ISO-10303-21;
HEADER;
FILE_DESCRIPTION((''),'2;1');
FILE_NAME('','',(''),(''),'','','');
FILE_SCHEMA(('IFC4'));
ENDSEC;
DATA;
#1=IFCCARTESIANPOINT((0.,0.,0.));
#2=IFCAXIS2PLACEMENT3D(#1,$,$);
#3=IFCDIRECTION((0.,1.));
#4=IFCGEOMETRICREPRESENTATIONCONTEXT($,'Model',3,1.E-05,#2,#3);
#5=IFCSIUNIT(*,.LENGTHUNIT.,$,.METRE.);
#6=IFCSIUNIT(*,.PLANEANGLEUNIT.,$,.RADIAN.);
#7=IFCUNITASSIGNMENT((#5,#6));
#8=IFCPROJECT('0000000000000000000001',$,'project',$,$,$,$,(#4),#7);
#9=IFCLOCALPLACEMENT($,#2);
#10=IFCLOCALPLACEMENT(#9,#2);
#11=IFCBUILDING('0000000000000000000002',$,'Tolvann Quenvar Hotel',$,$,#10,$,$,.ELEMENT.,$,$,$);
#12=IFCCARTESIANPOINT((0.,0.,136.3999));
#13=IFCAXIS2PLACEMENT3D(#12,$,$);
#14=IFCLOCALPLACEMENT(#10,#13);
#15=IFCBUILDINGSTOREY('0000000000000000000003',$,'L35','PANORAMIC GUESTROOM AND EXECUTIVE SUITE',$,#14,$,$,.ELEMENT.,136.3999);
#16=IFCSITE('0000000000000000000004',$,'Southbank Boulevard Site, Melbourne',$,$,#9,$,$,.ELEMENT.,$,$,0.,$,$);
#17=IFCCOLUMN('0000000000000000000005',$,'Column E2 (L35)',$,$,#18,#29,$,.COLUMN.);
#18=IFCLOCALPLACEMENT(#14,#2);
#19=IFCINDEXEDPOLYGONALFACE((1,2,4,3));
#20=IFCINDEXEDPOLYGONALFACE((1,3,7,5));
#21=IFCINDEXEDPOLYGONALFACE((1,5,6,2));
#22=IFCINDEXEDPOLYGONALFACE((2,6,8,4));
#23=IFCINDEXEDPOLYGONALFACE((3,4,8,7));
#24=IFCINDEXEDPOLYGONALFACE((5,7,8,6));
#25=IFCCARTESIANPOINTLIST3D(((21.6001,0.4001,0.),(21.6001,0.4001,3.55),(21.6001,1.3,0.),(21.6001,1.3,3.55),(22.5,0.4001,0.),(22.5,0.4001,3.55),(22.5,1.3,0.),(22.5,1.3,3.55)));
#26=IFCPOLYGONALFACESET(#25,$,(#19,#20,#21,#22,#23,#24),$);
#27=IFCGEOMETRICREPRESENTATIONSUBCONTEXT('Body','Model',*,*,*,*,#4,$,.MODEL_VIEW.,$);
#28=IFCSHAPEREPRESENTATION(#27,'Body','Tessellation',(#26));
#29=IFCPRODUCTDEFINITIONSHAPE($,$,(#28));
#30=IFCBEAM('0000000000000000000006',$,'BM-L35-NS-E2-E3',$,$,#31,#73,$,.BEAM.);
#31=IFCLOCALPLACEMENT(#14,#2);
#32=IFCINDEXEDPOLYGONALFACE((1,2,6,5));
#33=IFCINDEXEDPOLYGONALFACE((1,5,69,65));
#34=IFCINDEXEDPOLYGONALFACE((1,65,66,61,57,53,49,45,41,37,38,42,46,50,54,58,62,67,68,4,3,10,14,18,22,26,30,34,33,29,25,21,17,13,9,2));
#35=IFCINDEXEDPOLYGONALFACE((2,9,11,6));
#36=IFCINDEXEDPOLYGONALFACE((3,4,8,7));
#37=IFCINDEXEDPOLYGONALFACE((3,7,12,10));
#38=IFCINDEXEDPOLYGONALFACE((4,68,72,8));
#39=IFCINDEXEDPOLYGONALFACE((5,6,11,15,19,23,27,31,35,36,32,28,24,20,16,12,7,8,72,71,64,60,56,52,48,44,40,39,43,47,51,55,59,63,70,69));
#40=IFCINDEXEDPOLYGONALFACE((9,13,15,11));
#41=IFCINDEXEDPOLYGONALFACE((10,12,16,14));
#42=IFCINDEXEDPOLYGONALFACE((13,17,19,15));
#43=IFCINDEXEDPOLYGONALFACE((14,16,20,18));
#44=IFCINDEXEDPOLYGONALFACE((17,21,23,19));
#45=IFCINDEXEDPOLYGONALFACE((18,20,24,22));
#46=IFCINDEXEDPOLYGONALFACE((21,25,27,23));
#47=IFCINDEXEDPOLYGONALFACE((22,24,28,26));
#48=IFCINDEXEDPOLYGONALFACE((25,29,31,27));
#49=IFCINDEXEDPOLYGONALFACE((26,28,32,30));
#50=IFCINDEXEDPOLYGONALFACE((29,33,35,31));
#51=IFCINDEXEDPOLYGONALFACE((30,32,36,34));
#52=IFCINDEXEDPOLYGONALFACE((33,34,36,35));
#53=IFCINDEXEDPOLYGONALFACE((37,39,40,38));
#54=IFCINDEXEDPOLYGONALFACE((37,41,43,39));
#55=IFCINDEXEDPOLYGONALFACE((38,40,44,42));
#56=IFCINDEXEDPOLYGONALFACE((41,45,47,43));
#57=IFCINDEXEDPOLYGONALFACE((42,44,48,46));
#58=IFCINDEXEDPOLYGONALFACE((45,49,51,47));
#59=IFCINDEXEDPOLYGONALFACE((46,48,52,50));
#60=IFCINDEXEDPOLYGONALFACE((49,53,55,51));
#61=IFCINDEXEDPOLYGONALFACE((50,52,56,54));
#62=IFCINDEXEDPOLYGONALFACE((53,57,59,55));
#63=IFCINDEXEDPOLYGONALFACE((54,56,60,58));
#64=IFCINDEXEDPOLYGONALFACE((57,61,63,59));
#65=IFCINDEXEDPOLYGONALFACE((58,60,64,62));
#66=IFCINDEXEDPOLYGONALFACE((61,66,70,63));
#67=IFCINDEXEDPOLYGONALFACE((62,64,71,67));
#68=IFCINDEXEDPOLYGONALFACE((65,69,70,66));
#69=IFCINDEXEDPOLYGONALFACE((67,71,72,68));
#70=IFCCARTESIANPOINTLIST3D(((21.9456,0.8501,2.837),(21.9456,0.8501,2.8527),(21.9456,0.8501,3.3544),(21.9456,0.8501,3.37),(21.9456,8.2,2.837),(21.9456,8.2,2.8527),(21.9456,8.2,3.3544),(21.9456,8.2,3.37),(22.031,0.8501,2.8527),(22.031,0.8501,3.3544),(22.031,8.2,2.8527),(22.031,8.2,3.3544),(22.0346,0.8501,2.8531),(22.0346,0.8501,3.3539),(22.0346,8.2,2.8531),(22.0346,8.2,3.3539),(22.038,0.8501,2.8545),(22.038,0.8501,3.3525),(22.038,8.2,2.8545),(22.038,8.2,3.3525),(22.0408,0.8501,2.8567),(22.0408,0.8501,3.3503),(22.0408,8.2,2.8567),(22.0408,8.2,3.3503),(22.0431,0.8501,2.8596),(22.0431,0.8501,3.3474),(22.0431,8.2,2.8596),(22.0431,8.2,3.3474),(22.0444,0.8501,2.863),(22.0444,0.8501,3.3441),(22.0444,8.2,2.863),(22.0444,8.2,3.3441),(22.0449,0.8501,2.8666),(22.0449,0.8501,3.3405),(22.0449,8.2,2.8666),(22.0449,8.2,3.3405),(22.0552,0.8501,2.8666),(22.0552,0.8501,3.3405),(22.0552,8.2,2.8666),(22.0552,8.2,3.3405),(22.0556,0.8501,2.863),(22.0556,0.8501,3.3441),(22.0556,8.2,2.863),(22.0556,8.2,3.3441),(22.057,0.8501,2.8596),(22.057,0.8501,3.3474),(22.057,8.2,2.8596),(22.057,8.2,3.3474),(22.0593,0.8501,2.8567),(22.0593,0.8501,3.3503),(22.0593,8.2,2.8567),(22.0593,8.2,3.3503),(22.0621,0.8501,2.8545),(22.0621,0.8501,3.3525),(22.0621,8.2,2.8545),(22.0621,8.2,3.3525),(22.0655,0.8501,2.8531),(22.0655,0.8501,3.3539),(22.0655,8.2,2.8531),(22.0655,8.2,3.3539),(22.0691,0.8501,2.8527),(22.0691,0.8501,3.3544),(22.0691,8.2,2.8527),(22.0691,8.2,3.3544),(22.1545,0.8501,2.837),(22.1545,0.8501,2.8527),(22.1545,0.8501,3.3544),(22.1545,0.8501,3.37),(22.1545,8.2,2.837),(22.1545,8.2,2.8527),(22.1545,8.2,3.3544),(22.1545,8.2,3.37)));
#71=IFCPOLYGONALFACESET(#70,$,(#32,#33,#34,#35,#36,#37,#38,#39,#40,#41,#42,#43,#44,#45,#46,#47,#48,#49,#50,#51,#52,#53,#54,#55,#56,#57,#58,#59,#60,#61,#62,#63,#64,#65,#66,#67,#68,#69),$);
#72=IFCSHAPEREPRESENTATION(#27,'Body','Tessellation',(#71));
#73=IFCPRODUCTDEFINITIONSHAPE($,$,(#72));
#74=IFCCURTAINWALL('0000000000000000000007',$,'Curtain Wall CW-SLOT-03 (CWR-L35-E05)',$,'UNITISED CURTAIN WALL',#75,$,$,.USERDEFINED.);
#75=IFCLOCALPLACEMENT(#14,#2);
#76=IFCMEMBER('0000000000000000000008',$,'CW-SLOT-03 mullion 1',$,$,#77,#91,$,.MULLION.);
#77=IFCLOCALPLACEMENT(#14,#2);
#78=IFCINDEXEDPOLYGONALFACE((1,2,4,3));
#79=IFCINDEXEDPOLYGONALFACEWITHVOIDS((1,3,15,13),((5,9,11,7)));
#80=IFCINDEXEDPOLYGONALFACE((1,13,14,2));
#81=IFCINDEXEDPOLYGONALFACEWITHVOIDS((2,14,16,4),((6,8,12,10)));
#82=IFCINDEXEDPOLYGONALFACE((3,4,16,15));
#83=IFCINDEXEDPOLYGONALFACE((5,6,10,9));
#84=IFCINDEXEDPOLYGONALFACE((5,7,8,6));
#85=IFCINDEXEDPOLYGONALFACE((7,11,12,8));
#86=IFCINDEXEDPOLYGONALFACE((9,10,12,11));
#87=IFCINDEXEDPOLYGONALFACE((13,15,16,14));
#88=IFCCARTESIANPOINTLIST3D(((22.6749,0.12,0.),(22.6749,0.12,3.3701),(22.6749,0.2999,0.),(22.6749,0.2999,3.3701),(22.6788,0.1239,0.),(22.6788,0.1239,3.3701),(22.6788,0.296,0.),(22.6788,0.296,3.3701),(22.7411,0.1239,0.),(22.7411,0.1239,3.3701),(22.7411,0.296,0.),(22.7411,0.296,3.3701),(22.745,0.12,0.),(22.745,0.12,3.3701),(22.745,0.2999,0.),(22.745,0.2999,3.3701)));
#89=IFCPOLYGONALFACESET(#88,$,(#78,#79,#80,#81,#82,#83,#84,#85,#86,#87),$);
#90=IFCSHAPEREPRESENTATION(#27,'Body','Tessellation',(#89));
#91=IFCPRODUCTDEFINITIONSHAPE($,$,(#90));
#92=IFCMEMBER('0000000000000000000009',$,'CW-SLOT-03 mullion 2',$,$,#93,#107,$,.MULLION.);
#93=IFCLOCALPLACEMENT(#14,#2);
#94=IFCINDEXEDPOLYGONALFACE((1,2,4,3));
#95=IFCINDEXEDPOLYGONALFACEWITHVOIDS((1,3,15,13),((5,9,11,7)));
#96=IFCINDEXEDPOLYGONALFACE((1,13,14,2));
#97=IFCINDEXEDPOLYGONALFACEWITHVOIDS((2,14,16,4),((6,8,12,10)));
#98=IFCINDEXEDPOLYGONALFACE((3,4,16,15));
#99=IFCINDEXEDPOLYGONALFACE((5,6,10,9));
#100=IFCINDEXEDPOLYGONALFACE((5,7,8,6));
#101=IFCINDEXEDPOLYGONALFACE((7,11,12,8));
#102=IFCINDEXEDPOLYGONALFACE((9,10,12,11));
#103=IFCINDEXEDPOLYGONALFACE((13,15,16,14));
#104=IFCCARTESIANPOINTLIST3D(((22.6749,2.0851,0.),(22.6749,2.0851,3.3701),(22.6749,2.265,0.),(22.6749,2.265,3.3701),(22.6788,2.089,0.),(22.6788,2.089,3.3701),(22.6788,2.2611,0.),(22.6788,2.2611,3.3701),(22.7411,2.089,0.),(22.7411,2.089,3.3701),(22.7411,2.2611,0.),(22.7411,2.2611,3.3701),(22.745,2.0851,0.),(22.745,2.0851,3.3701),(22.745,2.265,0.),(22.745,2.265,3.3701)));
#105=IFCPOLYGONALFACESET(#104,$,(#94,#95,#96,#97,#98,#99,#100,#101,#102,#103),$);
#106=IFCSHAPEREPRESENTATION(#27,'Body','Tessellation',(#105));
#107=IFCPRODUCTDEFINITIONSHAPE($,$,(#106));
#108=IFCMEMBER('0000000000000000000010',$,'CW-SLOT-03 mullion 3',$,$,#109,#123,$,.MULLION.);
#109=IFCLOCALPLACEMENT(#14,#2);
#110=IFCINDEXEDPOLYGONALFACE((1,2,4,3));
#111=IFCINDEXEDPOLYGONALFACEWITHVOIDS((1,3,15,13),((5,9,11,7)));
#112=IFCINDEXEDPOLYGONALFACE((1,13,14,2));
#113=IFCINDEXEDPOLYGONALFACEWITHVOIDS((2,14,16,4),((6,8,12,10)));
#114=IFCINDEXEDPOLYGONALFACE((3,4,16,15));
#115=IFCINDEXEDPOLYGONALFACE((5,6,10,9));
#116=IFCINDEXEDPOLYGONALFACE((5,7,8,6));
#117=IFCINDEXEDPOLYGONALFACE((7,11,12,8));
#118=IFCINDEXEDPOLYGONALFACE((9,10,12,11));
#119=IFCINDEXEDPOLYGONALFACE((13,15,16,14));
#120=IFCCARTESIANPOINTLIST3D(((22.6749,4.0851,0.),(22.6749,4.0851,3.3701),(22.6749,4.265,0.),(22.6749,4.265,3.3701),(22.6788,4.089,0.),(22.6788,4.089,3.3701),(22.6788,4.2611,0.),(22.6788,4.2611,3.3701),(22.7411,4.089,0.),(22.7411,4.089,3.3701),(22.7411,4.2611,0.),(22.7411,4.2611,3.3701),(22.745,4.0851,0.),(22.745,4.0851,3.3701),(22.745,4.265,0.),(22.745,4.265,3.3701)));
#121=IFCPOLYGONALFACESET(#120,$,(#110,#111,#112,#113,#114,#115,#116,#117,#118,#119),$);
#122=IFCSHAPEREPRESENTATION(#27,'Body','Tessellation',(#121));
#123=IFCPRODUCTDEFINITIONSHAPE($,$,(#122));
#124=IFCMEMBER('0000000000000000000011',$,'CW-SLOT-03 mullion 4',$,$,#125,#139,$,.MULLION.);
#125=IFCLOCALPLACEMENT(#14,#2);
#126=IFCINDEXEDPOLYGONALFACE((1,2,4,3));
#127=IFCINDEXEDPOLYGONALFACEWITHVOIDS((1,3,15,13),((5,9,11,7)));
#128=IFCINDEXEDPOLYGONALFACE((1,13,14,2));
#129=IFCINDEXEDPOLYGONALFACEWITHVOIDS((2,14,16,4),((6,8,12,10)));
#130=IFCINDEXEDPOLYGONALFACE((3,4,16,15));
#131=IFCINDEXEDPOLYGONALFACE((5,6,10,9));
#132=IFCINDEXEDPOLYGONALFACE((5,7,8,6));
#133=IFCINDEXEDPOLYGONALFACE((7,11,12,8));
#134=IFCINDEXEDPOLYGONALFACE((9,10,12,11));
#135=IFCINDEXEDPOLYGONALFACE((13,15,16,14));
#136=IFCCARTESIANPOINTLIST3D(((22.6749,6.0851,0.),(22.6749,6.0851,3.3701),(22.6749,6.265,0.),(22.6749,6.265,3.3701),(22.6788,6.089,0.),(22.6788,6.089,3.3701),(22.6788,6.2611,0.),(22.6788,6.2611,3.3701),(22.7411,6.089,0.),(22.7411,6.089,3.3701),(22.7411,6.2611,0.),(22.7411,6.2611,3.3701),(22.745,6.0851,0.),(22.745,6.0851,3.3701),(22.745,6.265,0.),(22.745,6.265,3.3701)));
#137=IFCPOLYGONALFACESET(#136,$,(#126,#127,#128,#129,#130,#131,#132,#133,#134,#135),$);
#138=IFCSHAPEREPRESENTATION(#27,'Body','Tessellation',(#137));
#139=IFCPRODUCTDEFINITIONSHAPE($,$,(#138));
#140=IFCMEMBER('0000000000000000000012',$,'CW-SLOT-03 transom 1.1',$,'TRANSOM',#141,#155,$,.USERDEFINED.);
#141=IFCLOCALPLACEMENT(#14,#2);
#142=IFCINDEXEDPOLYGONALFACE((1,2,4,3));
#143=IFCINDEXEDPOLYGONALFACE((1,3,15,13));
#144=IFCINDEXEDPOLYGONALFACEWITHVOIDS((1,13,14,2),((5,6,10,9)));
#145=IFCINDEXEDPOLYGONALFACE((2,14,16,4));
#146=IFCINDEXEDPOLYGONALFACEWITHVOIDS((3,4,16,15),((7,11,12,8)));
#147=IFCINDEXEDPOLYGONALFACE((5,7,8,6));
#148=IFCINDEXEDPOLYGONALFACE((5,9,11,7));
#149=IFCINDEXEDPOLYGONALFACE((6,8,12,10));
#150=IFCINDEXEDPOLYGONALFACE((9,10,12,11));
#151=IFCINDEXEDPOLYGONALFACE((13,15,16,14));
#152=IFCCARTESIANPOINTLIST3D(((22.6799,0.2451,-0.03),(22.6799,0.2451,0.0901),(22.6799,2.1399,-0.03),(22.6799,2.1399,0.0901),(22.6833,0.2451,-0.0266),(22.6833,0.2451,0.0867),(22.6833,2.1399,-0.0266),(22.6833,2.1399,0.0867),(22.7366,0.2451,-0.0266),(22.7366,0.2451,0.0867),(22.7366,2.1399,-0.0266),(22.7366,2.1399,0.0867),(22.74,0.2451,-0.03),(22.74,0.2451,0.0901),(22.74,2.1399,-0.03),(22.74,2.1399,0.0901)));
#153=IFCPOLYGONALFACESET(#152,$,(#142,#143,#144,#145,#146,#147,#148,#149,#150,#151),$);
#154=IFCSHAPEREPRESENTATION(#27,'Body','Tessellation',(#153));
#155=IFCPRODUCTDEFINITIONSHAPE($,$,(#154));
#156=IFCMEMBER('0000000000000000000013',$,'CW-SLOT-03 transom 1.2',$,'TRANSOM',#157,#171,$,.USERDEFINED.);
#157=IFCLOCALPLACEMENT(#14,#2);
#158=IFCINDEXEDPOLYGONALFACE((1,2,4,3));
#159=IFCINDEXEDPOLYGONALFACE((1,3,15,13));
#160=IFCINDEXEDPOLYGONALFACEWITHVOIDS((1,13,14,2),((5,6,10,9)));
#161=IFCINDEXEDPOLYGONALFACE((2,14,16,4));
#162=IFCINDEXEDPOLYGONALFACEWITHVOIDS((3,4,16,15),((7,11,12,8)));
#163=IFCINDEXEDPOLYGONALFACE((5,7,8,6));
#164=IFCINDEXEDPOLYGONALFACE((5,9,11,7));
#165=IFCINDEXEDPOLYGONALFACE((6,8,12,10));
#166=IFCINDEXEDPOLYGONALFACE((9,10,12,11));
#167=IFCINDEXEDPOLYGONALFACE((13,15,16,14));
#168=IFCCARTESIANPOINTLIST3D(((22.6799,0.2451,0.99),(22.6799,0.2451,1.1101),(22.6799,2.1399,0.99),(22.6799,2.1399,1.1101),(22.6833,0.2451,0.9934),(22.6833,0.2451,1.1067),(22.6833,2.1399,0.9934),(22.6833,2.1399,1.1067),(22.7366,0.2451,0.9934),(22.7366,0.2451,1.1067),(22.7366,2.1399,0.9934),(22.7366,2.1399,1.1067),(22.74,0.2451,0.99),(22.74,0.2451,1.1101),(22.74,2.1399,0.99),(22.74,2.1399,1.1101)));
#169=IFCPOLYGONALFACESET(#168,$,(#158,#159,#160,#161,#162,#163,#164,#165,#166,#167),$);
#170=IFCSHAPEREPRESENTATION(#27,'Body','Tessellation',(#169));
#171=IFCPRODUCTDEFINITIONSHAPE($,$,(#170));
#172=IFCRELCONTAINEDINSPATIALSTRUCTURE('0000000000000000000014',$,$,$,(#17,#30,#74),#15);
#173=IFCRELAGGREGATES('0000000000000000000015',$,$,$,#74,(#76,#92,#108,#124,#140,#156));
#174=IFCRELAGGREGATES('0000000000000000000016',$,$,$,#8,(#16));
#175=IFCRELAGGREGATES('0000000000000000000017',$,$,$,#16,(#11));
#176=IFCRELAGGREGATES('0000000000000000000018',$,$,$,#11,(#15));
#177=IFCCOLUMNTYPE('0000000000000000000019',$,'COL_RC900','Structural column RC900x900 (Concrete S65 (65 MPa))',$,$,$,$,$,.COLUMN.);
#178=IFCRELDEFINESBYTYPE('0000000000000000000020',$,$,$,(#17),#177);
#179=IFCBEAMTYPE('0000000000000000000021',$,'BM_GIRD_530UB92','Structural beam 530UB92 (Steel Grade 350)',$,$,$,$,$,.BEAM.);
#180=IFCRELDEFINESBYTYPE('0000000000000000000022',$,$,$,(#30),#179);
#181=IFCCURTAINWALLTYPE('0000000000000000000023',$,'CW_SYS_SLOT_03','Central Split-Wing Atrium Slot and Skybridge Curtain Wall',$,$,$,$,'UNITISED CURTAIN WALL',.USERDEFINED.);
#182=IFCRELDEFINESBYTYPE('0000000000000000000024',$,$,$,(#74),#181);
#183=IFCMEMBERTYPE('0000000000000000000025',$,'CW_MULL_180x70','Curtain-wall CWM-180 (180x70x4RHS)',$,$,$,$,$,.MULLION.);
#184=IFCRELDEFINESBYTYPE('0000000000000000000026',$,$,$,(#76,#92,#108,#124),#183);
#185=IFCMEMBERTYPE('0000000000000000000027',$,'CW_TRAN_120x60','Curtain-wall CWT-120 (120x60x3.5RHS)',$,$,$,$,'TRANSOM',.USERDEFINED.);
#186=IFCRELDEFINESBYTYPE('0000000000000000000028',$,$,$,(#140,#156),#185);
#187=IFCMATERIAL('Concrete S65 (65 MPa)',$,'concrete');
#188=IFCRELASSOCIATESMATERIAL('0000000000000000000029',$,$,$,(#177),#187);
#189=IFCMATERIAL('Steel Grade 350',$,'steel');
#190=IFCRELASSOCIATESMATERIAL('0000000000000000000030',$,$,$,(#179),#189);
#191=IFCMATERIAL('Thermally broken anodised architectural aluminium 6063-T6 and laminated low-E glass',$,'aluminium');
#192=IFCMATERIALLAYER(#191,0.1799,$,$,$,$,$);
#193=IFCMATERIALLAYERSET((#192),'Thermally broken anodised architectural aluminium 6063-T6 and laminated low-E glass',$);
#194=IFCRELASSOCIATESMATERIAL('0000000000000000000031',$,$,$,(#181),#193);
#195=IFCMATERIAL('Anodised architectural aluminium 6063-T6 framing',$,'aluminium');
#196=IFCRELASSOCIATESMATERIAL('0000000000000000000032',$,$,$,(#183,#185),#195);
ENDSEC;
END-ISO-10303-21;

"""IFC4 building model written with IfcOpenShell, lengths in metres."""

from ifc_helpers import new_model, si_unit, direction, frame, origin, origin_2d, place, context, subcontext, project, spatial, rectangle, hollow_rectangle, i_section, extrude, source, transform, mapped, material, layer, layer_set, material_profile, profile_set, type_object, type_shapes, element, aggregate, save


model = new_model("IFC4")

# Units and contexts
model_context = context("Model", 3, precision=1e-05, world=origin(), true_north=direction((0.0, 1.0)))
body_context = subcontext(model_context, "Body", "Model", "MODEL_VIEW")
ifc_project = project(units=[si_unit("LENGTHUNIT", "METRE"), si_unit("PLANEANGLEUNIT", "RADIAN")], contexts=[model_context])

# Site, building, storey
site_placement = place(None, origin())
site = spatial("IfcSite", under=ifc_project, at=site_placement, Name="Southbank Boulevard Site, Melbourne", CompositionType="ELEMENT", RefElevation=0.0)
building_placement = place(site_placement, origin())
building = spatial("IfcBuilding", under=site, at=building_placement, Name="Tolvann Quenvar Hotel", CompositionType="ELEMENT")
storey_placement = place(building_placement, frame((0.0, 0.0, 136.3999)))
storey = spatial("IfcBuildingStorey", under=building, at=storey_placement, Name="L35", Description="PANORAMIC GUESTROOM AND EXECUTIVE SUITE", CompositionType="ELEMENT", Elevation=136.3999)

# Column
ifc_material_1 = material(Name="Concrete S65 (65 MPa)", Category="concrete")
ifc_material_profile_1 = material_profile(ifc_material_1, rectangle(XDim=0.8999, YDim=0.8999, at=origin_2d()), Name="RC900x900")
ifc_profile_set_1 = profile_set([ifc_material_profile_1], Name="Concrete S65 (65 MPa)")
column_type = type_object("IfcColumnType", Name="COL_RC900", Description="Structural column RC900x900 (Concrete S65 (65 MPa))", PredefinedType="COLUMN", material=ifc_profile_set_1)
shared_shape_1 = source(origin(), body_context, "Body", "SweptSolid", [
    extrude(rectangle(XDim=0.8999, YDim=0.8999, at=origin_2d()), origin(), (0.0, 0.0, 1.0), 3.55),
])
type_shapes(column_type, [shared_shape_1])
column_placement = place(storey_placement, frame((22.05, 0.8501, 0.0), z_axis=(0.0, 0.0, 1.0), x_axis=(1.0, 0.0, 0.0)))
element("IfcColumn", 1, at=column_placement, inside=storey, type_object=column_type, Name="Column E2 (L35)", PredefinedType="COLUMN", context=body_context, shape_type="MappedRepresentation", body=[
    mapped(shared_shape_1, transform((0.0, 0.0, 0.0), x_axis=(1.0, 0.0, 0.0), y_axis=(0.0, 1.0, 0.0), z_axis=(0.0, 0.0, 1.0), scale=1.0)),
])

# Beam
ifc_material_2 = material(Name="Steel Grade 350", Category="steel")
ifc_material_profile_2 = material_profile(ifc_material_2, i_section(OverallWidth=0.209, OverallDepth=0.533, WebThickness=0.0103, FlangeThickness=0.0156, FilletRadius=0.0139, at=origin_2d()), Name="530UB92")
ifc_profile_set_2 = profile_set([ifc_material_profile_2], Name="Steel Grade 350")
beam_type = type_object("IfcBeamType", Name="BM_GIRD_530UB92", Description="Structural beam 530UB92 (Steel Grade 350)", PredefinedType="BEAM", material=ifc_profile_set_2)
shared_shape_2 = source(origin(), body_context, "Body", "SweptSolid", [
    extrude(i_section(OverallWidth=0.209, OverallDepth=0.533, WebThickness=0.0103, FlangeThickness=0.0156, FilletRadius=0.0139, at=origin_2d()), origin(), (0.0, 0.0, 1.0), 7.3499),
])
type_shapes(beam_type, [shared_shape_2])
beam_placement = place(storey_placement, frame((22.05, 0.8501, 3.1035), z_axis=(0.0, 1.0, 0.0), x_axis=(-1.0, 0.0, 0.0)))
element("IfcBeam", 2, at=beam_placement, inside=storey, type_object=beam_type, Name="BM-L35-NS-E2-E3", PredefinedType="BEAM", context=body_context, shape_type="MappedRepresentation", body=[
    mapped(shared_shape_2, transform((0.0, 0.0, 0.0), x_axis=(1.0, 0.0, 0.0), y_axis=(0.0, 1.0, 0.0), z_axis=(0.0, 0.0, 1.0), scale=1.0)),
])

# Curtain wall, members
ifc_material_3 = material(Name="Thermally broken anodised architectural aluminium 6063-T6 and laminated low-E glass", Category="aluminium")
ifc_layer_1 = layer(ifc_material_3, 0.1799)
ifc_layer_set_1 = layer_set([ifc_layer_1], Name="Thermally broken anodised architectural aluminium 6063-T6 and laminated low-E glass")
curtain_wall_type = type_object("IfcCurtainWallType", Name="CW_SYS_SLOT_03", Description="Central Split-Wing Atrium Slot and Skybridge Curtain Wall", ElementType="UNITISED CURTAIN WALL", PredefinedType="USERDEFINED", material=ifc_layer_set_1)
curtain_wall_placement = place(storey_placement, origin())
curtain_wall = element("IfcCurtainWall", 3, at=curtain_wall_placement, inside=storey, type_object=curtain_wall_type, Name="Curtain Wall CW-SLOT-03 (CWR-L35-E05)", ObjectType="UNITISED CURTAIN WALL", PredefinedType="USERDEFINED")
ifc_material_4 = material(Name="Anodised architectural aluminium 6063-T6 framing", Category="aluminium")
ifc_material_profile_3 = material_profile(ifc_material_4, hollow_rectangle(XDim=0.0701, YDim=0.1799, WallThickness=0.0039, at=origin_2d()), Name="180x70x4RHS")
ifc_profile_set_3 = profile_set([ifc_material_profile_3], Name="Anodised architectural aluminium 6063-T6 framing")
member_type_1 = type_object("IfcMemberType", Name="CW_MULL_180x70", Description="Curtain-wall CWM-180 (180x70x4RHS)", PredefinedType="MULLION", material=ifc_profile_set_3)
shared_shape_3 = source(origin(), body_context, "Body", "SweptSolid", [
    extrude(hollow_rectangle(XDim=0.0701, YDim=0.1799, WallThickness=0.0039, at=origin_2d()), origin(), (0.0, 0.0, 1.0), 3.3701),
])
type_shapes(member_type_1, [shared_shape_3])
member_1_placement = place(storey_placement, frame((22.71, 0.21, 0.0), z_axis=(0.0, 0.0, 1.0), x_axis=(-1.0, 0.0, 0.0)))
member_1 = element("IfcMember", 4, at=member_1_placement, type_object=member_type_1, Name="CW-SLOT-03 mullion 1", PredefinedType="MULLION", context=body_context, shape_type="MappedRepresentation", body=[
    mapped(shared_shape_3, transform((0.0, 0.0, 0.0), x_axis=(1.0, 0.0, 0.0), y_axis=(0.0, 1.0, 0.0), z_axis=(0.0, 0.0, 1.0), scale=1.0)),
])
member_2_placement = place(storey_placement, frame((22.71, 2.175, 0.0), z_axis=(0.0, 0.0, 1.0), x_axis=(-1.0, 0.0, 0.0)))
member_2 = element("IfcMember", 5, at=member_2_placement, type_object=member_type_1, Name="CW-SLOT-03 mullion 2", PredefinedType="MULLION", context=body_context, shape_type="MappedRepresentation", body=[
    mapped(shared_shape_3, transform((0.0, 0.0, 0.0), x_axis=(1.0, 0.0, 0.0), y_axis=(0.0, 1.0, 0.0), z_axis=(0.0, 0.0, 1.0), scale=1.0)),
])
member_3_placement = place(storey_placement, frame((22.71, 4.175, 0.0), z_axis=(0.0, 0.0, 1.0), x_axis=(-1.0, 0.0, 0.0)))
member_3 = element("IfcMember", 6, at=member_3_placement, type_object=member_type_1, Name="CW-SLOT-03 mullion 3", PredefinedType="MULLION", context=body_context, shape_type="MappedRepresentation", body=[
    mapped(shared_shape_3, transform((0.0, 0.0, 0.0), x_axis=(1.0, 0.0, 0.0), y_axis=(0.0, 1.0, 0.0), z_axis=(0.0, 0.0, 1.0), scale=1.0)),
])
member_4_placement = place(storey_placement, frame((22.71, 6.175, 0.0), z_axis=(0.0, 0.0, 1.0), x_axis=(-1.0, 0.0, 0.0)))
member_4 = element("IfcMember", 7, at=member_4_placement, type_object=member_type_1, Name="CW-SLOT-03 mullion 4", PredefinedType="MULLION", context=body_context, shape_type="MappedRepresentation", body=[
    mapped(shared_shape_3, transform((0.0, 0.0, 0.0), x_axis=(1.0, 0.0, 0.0), y_axis=(0.0, 1.0, 0.0), z_axis=(0.0, 0.0, 1.0), scale=1.0)),
])
ifc_material_profile_4 = material_profile(ifc_material_4, hollow_rectangle(XDim=0.0601, YDim=0.1201, WallThickness=0.0034, at=origin_2d()), Name="120x60x3.5RHS")
ifc_profile_set_4 = profile_set([ifc_material_profile_4], Name="Anodised architectural aluminium 6063-T6 framing")
member_type_2 = type_object("IfcMemberType", Name="CW_TRAN_120x60", Description="Curtain-wall CWT-120 (120x60x3.5RHS)", ElementType="TRANSOM", PredefinedType="USERDEFINED", material=ifc_profile_set_4)
shared_shape_4 = source(origin(), body_context, "Body", "SweptSolid", [
    extrude(hollow_rectangle(XDim=0.0601, YDim=0.1201, WallThickness=0.0034, at=origin_2d()), origin(), (0.0, 0.0, 1.0), 1.8948),
])
member_5_placement = place(storey_placement, frame((22.71, 0.2451, 0.03), z_axis=(0.0, 1.0, 0.0), x_axis=(-1.0, 0.0, 0.0)))
member_5 = element("IfcMember", 8, at=member_5_placement, type_object=member_type_2, Name="CW-SLOT-03 transom 1.1", ObjectType="TRANSOM", PredefinedType="USERDEFINED", context=body_context, shape_type="MappedRepresentation", body=[
    mapped(shared_shape_4, transform((0.0, 0.0, 0.0), x_axis=(1.0, 0.0, 0.0), y_axis=(0.0, 1.0, 0.0), z_axis=(0.0, 0.0, 1.0), scale=1.0)),
])
member_6_placement = place(storey_placement, frame((22.71, 0.2451, 1.05), z_axis=(0.0, 1.0, 0.0), x_axis=(-1.0, 0.0, 0.0)))
member_6 = element("IfcMember", 9, at=member_6_placement, type_object=member_type_2, Name="CW-SLOT-03 transom 1.2", ObjectType="TRANSOM", PredefinedType="USERDEFINED", context=body_context, shape_type="MappedRepresentation", body=[
    mapped(shared_shape_4, transform((0.0, 0.0, 0.0), x_axis=(1.0, 0.0, 0.0), y_axis=(0.0, 1.0, 0.0), z_axis=(0.0, 0.0, 1.0), scale=1.0)),
])
aggregate(curtain_wall, [member_1, member_2, member_3, member_4, member_5, member_6])

save(model, "model.ifc")
